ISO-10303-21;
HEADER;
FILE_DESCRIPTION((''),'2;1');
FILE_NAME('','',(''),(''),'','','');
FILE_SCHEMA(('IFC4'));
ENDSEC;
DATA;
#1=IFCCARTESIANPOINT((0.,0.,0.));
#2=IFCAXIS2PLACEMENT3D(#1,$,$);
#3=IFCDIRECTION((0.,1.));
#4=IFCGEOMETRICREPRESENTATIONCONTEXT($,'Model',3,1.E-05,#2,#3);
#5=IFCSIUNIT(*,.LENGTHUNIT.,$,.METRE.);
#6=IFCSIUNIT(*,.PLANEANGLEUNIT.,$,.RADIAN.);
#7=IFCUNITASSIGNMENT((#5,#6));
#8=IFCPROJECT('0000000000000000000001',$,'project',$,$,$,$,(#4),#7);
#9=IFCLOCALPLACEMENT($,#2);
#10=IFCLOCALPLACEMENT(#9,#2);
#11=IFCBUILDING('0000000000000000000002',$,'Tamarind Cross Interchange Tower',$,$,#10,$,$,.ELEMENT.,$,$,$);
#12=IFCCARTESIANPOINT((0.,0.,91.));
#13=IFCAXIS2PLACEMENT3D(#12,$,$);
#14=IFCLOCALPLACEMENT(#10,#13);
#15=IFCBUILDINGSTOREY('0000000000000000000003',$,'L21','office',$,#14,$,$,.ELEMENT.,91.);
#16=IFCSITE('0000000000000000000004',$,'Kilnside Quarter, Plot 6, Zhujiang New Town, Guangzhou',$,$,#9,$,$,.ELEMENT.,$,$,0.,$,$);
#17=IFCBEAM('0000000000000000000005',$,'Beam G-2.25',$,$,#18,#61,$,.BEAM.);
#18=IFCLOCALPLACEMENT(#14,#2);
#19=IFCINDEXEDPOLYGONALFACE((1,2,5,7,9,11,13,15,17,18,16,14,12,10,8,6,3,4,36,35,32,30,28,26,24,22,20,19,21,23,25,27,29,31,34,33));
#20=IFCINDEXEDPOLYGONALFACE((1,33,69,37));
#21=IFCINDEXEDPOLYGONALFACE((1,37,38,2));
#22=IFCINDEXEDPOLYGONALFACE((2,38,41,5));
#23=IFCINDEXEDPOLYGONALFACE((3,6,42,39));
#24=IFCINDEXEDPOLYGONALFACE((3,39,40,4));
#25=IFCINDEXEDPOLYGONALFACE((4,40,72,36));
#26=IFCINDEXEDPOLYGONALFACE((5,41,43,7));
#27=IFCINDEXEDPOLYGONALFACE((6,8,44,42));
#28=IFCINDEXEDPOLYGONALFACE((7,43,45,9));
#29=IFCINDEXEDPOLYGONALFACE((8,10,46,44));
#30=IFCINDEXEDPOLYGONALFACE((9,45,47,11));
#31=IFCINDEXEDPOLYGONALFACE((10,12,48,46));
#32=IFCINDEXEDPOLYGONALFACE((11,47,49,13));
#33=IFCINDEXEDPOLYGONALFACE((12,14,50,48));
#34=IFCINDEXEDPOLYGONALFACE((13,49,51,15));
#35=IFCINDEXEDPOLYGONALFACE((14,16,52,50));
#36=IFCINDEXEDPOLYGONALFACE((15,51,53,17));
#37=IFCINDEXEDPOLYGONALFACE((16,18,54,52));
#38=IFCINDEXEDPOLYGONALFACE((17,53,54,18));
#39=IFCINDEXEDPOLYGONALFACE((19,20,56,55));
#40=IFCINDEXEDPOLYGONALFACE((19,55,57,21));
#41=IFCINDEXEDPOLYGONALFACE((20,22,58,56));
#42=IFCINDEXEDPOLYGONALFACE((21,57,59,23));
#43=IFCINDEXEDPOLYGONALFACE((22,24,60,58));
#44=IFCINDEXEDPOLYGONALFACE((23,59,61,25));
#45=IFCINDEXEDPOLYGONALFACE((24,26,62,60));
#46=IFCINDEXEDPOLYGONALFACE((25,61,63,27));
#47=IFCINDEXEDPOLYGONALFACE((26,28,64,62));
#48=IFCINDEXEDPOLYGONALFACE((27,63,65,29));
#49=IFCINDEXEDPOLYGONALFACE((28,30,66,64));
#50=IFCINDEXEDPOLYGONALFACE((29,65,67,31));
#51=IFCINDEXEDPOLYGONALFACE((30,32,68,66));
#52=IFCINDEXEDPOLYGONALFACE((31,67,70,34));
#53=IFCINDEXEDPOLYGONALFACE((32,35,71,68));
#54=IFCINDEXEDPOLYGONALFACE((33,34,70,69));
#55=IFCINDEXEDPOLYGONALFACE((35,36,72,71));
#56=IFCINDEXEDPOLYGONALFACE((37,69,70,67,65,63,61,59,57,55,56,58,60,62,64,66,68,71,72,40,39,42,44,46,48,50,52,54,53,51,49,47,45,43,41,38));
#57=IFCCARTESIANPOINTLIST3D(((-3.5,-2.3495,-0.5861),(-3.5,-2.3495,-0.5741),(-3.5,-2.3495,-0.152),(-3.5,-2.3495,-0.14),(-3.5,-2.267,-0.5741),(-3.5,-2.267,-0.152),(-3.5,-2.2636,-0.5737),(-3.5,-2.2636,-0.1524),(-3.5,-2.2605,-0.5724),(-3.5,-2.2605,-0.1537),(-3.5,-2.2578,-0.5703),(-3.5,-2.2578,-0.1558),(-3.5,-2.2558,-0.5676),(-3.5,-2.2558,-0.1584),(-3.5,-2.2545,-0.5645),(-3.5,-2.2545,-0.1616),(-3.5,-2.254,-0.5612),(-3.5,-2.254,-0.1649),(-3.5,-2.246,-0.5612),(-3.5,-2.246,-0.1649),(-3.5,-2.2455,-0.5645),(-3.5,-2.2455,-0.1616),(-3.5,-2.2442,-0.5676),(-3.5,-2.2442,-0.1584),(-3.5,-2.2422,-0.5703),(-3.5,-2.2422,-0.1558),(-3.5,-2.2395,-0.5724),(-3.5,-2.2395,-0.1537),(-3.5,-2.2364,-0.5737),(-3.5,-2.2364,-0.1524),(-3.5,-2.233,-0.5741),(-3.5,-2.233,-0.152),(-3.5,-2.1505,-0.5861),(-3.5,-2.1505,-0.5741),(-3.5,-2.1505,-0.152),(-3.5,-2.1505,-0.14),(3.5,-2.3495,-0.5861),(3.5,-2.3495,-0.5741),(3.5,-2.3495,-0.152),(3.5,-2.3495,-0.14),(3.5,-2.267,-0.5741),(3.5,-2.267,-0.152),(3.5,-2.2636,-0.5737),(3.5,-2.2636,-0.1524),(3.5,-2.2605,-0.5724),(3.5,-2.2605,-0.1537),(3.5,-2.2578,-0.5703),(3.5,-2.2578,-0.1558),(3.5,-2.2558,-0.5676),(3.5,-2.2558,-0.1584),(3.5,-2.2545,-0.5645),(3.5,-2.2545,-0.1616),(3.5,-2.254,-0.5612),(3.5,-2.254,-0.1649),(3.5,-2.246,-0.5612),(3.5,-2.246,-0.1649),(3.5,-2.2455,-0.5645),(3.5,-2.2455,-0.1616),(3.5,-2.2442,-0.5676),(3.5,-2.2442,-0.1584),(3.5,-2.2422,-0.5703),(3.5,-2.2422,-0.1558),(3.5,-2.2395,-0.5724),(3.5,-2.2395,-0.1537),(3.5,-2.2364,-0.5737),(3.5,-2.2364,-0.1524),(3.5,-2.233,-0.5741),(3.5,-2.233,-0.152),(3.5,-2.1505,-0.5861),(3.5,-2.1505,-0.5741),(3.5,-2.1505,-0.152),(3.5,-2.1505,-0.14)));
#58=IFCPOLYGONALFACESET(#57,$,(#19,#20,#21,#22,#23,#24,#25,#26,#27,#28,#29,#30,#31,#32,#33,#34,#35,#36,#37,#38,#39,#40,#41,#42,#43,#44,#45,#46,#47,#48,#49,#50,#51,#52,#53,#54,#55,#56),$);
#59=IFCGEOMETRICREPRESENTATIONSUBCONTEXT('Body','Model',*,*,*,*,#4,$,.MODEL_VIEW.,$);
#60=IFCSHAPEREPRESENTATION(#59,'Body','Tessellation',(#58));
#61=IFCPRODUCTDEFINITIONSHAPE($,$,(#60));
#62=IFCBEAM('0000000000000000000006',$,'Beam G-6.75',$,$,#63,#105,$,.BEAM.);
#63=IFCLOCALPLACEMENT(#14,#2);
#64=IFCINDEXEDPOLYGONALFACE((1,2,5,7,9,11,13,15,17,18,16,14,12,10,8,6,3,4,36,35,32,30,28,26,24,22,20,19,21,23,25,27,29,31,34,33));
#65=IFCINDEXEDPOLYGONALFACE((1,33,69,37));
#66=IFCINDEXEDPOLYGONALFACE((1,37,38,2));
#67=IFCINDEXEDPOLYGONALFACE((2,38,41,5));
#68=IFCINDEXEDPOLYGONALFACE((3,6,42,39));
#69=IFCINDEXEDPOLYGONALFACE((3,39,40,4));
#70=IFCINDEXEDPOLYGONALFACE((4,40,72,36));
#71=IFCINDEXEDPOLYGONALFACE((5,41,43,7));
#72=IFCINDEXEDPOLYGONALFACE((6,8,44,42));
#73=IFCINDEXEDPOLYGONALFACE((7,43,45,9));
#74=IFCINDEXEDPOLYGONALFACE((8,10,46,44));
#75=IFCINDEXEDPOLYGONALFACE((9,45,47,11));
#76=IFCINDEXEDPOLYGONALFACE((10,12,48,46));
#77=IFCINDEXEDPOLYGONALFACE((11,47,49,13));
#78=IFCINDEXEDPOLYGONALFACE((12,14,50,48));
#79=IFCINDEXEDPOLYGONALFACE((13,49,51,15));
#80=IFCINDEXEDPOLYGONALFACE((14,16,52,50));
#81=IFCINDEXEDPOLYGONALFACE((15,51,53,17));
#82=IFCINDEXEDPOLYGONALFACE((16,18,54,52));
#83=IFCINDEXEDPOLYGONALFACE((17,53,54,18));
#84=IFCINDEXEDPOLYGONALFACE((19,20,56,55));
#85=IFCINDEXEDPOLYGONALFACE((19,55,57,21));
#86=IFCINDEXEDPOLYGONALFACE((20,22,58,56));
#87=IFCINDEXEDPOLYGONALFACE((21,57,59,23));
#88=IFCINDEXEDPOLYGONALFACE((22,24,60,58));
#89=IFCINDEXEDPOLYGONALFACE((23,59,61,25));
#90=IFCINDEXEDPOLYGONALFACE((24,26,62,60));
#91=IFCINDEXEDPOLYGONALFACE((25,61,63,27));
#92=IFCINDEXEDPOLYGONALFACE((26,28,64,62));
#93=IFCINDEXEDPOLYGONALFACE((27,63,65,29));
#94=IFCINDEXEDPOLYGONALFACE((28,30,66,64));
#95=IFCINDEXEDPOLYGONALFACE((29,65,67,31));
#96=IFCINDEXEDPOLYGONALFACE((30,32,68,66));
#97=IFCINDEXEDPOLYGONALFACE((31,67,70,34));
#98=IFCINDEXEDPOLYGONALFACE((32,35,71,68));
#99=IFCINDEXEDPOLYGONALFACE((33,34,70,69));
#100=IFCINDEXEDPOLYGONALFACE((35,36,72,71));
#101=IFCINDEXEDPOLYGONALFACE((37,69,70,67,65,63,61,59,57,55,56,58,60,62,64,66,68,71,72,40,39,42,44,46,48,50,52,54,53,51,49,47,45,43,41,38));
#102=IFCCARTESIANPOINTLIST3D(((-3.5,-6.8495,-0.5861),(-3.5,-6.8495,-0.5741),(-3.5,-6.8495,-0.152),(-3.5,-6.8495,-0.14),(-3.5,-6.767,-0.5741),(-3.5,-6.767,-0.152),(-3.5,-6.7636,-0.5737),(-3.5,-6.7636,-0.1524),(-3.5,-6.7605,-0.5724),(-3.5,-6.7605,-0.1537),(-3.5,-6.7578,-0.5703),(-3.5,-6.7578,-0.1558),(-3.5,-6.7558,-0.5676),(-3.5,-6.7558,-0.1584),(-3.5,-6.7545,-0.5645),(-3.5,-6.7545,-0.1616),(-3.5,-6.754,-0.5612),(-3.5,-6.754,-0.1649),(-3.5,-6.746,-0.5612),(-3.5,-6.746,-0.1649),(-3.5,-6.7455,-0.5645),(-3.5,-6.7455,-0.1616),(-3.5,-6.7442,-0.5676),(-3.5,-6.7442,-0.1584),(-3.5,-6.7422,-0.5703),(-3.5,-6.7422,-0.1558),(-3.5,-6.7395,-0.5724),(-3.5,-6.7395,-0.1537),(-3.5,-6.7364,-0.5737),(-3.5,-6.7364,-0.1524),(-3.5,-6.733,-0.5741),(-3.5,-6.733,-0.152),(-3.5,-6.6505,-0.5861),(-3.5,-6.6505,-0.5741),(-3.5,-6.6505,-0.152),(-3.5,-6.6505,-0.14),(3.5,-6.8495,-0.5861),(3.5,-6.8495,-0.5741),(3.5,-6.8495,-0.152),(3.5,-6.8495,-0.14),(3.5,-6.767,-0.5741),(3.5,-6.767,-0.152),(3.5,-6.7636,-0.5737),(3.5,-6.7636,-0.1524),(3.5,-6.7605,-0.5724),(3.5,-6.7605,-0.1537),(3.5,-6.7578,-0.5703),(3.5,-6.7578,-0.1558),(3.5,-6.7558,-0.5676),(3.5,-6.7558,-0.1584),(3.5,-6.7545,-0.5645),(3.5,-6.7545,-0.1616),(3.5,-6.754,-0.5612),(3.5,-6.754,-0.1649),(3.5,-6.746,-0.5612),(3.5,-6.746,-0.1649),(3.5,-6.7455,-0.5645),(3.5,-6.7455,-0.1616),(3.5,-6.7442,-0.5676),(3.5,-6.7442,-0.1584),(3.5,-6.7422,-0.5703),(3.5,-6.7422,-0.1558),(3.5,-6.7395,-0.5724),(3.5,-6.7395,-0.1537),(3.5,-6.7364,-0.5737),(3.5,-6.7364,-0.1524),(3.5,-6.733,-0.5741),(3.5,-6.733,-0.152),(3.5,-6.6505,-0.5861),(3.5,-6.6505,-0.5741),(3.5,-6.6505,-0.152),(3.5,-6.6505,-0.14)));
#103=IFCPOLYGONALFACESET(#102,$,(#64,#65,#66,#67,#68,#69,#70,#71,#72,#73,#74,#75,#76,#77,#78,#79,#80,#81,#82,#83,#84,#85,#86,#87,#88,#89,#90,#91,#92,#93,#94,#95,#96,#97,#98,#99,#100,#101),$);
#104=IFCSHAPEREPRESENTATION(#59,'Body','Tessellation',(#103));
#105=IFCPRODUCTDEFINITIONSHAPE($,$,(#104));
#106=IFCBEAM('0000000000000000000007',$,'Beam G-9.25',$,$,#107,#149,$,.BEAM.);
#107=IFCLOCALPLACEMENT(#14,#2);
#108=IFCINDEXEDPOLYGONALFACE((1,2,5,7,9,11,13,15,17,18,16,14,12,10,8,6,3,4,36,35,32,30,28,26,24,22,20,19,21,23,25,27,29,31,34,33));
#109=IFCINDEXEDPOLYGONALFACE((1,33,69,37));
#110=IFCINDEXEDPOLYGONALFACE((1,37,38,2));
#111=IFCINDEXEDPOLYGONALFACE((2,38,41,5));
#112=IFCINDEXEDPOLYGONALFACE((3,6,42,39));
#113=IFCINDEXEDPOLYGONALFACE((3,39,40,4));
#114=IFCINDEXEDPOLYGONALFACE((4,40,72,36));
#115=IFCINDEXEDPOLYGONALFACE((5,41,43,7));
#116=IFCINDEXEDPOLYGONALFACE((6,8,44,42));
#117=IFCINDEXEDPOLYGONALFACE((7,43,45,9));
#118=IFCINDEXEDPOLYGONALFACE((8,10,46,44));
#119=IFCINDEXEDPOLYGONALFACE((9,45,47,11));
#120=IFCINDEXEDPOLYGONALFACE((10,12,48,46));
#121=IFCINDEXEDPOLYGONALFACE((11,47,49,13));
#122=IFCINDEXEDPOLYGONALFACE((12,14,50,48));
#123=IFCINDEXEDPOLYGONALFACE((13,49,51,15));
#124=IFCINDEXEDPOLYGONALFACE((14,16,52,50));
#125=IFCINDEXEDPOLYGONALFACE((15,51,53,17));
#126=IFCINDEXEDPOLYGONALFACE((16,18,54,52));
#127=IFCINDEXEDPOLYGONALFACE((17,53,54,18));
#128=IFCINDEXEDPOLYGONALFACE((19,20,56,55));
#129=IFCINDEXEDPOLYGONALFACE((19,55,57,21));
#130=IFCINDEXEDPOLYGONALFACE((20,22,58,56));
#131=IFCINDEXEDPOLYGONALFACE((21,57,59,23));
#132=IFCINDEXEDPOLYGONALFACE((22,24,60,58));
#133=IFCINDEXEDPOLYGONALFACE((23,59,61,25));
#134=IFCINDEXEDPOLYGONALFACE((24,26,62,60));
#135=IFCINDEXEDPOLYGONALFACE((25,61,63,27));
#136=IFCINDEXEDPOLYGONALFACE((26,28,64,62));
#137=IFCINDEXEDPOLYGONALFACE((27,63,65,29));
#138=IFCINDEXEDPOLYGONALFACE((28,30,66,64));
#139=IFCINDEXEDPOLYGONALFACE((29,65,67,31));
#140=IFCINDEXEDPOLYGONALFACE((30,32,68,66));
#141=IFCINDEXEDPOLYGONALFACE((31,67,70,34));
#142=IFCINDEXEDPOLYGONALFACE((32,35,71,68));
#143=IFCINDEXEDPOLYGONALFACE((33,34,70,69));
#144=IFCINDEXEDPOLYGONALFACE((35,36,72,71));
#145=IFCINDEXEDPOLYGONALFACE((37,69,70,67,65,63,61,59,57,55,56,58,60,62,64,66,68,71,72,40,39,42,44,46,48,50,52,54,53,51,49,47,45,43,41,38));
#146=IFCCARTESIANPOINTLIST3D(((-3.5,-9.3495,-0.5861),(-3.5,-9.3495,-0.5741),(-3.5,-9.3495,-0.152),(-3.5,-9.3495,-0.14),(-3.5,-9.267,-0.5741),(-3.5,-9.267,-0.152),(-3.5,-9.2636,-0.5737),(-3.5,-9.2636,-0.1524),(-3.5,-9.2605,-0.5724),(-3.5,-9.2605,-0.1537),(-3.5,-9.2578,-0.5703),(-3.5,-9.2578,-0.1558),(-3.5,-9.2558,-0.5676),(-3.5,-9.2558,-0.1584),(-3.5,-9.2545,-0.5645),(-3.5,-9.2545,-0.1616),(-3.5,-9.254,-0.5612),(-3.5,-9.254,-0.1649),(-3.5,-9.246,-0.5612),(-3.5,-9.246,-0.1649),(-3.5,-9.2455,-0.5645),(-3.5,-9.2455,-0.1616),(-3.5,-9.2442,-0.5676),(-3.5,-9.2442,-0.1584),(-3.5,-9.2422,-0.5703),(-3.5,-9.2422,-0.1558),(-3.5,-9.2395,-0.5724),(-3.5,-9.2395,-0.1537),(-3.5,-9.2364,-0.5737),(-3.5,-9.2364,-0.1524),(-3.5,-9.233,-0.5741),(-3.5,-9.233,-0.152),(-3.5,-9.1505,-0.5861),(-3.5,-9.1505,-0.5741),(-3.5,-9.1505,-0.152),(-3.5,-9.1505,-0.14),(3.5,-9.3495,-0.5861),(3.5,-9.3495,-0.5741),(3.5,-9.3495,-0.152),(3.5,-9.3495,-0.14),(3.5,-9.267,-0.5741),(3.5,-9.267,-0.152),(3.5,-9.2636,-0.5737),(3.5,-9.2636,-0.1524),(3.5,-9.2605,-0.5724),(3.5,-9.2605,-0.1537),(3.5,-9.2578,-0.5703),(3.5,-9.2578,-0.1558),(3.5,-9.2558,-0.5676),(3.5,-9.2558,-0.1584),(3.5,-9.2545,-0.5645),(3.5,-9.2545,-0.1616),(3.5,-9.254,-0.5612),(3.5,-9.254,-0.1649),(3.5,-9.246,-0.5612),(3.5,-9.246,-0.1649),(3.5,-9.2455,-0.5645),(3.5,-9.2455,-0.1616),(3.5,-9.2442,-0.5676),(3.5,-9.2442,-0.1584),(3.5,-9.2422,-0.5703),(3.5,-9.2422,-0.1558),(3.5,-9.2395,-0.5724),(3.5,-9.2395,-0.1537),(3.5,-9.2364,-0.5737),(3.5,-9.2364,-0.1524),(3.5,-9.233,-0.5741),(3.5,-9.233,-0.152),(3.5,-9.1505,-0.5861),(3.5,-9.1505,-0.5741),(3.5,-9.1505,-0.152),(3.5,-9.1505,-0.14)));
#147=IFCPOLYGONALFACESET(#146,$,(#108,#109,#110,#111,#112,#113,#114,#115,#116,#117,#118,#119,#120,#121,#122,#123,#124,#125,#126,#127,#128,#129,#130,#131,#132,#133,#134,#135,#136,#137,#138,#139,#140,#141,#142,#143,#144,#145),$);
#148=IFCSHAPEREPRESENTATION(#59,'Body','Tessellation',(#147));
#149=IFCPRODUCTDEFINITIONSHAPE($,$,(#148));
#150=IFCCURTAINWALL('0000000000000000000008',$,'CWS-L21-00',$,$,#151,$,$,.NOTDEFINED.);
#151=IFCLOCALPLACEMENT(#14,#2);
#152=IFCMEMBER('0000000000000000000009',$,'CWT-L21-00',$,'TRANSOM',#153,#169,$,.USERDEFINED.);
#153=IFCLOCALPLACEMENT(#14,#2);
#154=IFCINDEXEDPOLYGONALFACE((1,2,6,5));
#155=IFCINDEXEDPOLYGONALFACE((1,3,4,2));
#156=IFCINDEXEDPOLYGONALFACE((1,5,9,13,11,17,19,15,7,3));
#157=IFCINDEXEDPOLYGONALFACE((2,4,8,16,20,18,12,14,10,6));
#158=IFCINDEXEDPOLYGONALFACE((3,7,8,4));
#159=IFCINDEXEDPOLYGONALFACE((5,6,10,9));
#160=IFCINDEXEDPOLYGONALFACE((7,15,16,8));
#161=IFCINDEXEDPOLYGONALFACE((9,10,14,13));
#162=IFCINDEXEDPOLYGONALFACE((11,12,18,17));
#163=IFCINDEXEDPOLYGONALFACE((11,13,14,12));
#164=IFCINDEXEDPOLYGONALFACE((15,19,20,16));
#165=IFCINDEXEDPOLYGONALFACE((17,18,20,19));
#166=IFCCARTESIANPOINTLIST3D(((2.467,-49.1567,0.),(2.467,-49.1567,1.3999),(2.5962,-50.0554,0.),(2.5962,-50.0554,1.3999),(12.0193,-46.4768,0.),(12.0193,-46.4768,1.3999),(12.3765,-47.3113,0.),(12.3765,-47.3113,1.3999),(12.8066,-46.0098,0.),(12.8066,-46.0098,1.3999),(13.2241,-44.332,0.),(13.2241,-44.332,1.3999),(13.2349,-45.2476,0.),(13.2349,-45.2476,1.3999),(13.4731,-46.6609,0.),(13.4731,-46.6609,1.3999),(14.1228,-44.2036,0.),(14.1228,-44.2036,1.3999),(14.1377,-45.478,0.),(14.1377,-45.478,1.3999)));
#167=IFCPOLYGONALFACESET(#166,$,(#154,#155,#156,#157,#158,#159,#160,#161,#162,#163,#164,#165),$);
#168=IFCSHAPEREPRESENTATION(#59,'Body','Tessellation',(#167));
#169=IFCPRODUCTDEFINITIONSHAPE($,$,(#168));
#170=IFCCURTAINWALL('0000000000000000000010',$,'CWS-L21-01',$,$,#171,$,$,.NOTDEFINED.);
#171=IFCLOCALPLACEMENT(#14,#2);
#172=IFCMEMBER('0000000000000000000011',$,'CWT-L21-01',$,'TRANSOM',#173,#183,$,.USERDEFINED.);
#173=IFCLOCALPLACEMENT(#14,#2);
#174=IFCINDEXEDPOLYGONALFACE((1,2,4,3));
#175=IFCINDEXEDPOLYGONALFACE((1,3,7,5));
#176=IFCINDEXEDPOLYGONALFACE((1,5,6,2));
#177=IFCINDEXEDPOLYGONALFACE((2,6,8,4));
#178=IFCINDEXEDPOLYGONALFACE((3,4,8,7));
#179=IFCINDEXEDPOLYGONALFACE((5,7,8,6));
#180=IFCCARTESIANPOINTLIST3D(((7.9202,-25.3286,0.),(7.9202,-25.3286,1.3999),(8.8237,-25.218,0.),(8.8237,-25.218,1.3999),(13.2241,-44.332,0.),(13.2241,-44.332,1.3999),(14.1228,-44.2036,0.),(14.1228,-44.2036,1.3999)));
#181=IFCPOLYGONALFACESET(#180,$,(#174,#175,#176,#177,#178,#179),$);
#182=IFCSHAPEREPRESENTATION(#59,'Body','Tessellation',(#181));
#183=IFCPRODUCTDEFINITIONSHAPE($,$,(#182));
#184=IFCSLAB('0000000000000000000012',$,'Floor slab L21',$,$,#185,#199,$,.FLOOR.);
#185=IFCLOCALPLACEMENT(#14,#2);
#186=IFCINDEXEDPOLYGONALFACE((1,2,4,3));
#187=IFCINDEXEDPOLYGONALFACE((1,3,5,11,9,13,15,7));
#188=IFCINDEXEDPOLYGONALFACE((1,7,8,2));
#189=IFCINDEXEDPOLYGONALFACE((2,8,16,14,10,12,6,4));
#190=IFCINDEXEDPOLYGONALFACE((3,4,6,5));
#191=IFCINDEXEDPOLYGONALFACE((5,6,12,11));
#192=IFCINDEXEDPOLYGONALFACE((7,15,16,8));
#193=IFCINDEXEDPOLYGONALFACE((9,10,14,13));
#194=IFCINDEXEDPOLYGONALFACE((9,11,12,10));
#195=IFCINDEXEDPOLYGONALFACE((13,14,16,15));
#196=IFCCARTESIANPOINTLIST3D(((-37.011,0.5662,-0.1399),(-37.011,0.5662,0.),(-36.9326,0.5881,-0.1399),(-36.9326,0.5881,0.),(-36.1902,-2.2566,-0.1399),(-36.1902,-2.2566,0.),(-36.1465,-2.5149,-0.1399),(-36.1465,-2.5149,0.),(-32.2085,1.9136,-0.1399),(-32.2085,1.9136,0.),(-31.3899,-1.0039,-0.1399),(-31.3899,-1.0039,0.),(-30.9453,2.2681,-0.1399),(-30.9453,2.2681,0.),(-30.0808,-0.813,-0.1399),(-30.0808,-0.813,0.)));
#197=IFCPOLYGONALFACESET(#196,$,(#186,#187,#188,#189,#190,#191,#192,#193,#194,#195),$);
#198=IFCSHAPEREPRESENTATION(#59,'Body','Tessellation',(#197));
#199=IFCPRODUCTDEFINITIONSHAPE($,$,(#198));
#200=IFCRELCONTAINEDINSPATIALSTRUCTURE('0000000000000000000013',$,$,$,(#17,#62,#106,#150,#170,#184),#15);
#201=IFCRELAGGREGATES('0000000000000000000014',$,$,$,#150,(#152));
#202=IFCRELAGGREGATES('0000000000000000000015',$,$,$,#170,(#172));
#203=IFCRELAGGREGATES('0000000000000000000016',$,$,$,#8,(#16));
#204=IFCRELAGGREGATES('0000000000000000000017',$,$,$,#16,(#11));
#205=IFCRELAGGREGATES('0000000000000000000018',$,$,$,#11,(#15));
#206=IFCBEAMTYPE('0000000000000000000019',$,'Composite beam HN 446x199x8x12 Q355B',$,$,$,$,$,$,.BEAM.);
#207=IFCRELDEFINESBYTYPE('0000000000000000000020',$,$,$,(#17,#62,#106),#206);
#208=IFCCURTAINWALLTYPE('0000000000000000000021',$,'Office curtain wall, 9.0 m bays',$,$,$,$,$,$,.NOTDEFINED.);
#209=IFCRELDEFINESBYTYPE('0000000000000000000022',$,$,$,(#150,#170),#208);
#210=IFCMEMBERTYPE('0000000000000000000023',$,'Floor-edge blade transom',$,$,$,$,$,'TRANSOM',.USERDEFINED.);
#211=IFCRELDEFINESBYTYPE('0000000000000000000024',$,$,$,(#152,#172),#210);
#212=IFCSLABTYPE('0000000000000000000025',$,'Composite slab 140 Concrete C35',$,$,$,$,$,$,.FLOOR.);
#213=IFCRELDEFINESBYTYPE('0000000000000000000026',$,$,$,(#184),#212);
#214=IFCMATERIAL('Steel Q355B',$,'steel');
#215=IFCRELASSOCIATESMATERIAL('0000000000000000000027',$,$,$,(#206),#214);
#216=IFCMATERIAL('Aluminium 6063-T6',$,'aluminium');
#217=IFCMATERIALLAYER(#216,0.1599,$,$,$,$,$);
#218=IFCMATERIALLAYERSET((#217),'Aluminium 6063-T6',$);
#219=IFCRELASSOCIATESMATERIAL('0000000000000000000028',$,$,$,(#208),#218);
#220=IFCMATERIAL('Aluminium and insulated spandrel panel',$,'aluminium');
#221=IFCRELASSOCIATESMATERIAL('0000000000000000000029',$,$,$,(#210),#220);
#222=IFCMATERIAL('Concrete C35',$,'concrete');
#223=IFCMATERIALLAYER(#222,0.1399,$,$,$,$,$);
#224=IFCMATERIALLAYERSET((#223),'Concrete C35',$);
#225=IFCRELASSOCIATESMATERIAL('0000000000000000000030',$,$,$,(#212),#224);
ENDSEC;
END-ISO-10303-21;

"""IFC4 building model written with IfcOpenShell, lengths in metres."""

from ifc_helpers import new_model, si_unit, direction, frame, origin, origin_2d, place, context, subcontext, project, spatial, polyline, i_section, outline, extrude, material, layer, layer_set, material_profile, profile_set, type_object, element, aggregate, save


model = new_model("IFC4")

# Units and contexts
model_context = context("Model", 3, precision=1e-05, world=origin(), true_north=direction((0.0, 1.0)))
body_context = subcontext(model_context, "Body", "Model", "MODEL_VIEW")
ifc_project = project(units=[si_unit("LENGTHUNIT", "METRE"), si_unit("PLANEANGLEUNIT", "RADIAN")], contexts=[model_context])

# Site, building, storey
site_placement = place(None, origin())
site = spatial("IfcSite", under=ifc_project, at=site_placement, Name="Kilnside Quarter, Plot 6, Zhujiang New Town, Guangzhou", CompositionType="ELEMENT", RefElevation=0.0)
building_placement = place(site_placement, origin())
building = spatial("IfcBuilding", under=site, at=building_placement, Name="Tamarind Cross Interchange Tower", CompositionType="ELEMENT")
storey_placement = place(building_placement, frame((0.0, 0.0, 91.0)))
storey = spatial("IfcBuildingStorey", under=building, at=storey_placement, Name="L21", Description="office", CompositionType="ELEMENT", Elevation=91.0)

# Beams
ifc_material_1 = material(Name="Steel Q355B", Category="steel")
ifc_material_profile = material_profile(ifc_material_1, i_section(OverallWidth=0.199, OverallDepth=0.446, WebThickness=0.0081, FlangeThickness=0.012, FilletRadius=0.0129, at=origin_2d()), Name="HN 446x199x8x12")
ifc_profile_set = profile_set([ifc_material_profile], Name="Steel Q355B")
beam_type = type_object("IfcBeamType", Name="Composite beam HN 446x199x8x12 Q355B", PredefinedType="BEAM", material=ifc_profile_set)
for number, where, z_axis, x_axis, name in (
    (1, (-3.5, -2.25, -0.363), (1.0, 0.0, 0.0), (0.0, 1.0, 0.0), "Beam G-2.25"),
    (2, (-3.5, -6.75, -0.363), (1.0, 0.0, 0.0), (0.0, 1.0, 0.0), "Beam G-6.75"),
    (3, (-3.5, -9.25, -0.363), (1.0, 0.0, 0.0), (0.0, 1.0, 0.0), "Beam G-9.25"),
):
    element("IfcBeam", number, at=place(storey_placement, frame(where, z_axis=z_axis, x_axis=x_axis)), inside=storey, type_object=beam_type, Name=name, PredefinedType="BEAM", context=body_context, shape_type="SweptSolid", body=[
        extrude(i_section(OverallWidth=0.199, OverallDepth=0.446, WebThickness=0.0081, FlangeThickness=0.012, FilletRadius=0.0129, at=origin_2d()), origin(), (0.0, 0.0, 1.0), 7.0),
    ])

# Curtain walls, members
ifc_material_2 = material(Name="Aluminium 6063-T6", Category="aluminium")
ifc_layer_1 = layer(ifc_material_2, 0.1599)
ifc_layer_set_1 = layer_set([ifc_layer_1], Name="Aluminium 6063-T6")
curtain_wall_type = type_object("IfcCurtainWallType", Name="Office curtain wall, 9.0 m bays", PredefinedType="NOTDEFINED", material=ifc_layer_set_1)
curtain_wall_1_placement = place(storey_placement, origin())
curtain_wall_1 = element("IfcCurtainWall", 4, at=curtain_wall_1_placement, inside=storey, type_object=curtain_wall_type, Name="CWS-L21-00", PredefinedType="NOTDEFINED")
ifc_material_3 = material(Name="Aluminium and insulated spandrel panel", Category="aluminium")
member_type = type_object("IfcMemberType", Name="Floor-edge blade transom", ElementType="TRANSOM", PredefinedType="USERDEFINED", material=ifc_material_3)
member_1_placement = place(storey_placement, origin())
member_1 = element("IfcMember", 5, at=member_1_placement, type_object=member_type, Name="CWT-L21-00", ObjectType="TRANSOM", PredefinedType="USERDEFINED", context=body_context, shape_type="SweptSolid", body=[
    extrude(outline(polyline([(2.467, -49.1567), (12.0193, -46.4768), (12.8066, -46.0098), (13.2349, -45.2476), (13.2241, -44.332), (14.1228, -44.2036), (14.1377, -45.478), (13.4731, -46.6609), (12.3765, -47.3113), (2.5962, -50.0554), (2.467, -49.1567)])), origin(), (0.0, 0.0, 1.0), 1.3999),
])
curtain_wall_2_placement = place(storey_placement, origin())
curtain_wall_2 = element("IfcCurtainWall", 6, at=curtain_wall_2_placement, inside=storey, type_object=curtain_wall_type, Name="CWS-L21-01", PredefinedType="NOTDEFINED")
member_2_placement = place(storey_placement, origin())
member_2 = element("IfcMember", 7, at=member_2_placement, type_object=member_type, Name="CWT-L21-01", ObjectType="TRANSOM", PredefinedType="USERDEFINED", context=body_context, shape_type="SweptSolid", body=[
    extrude(outline(polyline([(13.2241, -44.332), (7.9202, -25.3286), (8.8237, -25.218), (14.1228, -44.2036), (13.2241, -44.332)])), origin(), (0.0, 0.0, 1.0), 1.3999),
])

# Slab
ifc_material_4 = material(Name="Concrete C35", Category="concrete")
ifc_layer_2 = layer(ifc_material_4, 0.1399)
ifc_layer_set_2 = layer_set([ifc_layer_2], Name="Concrete C35")
slab_type = type_object("IfcSlabType", Name="Composite slab 140 Concrete C35", PredefinedType="FLOOR", material=ifc_layer_set_2)
slab_1_placement = place(storey_placement, frame((0.0, 0.0, -0.1399)))
element("IfcSlab", 8, at=slab_1_placement, inside=storey, type_object=slab_type, Name="Floor slab L21", PredefinedType="FLOOR", context=body_context, shape_type="SweptSolid", body=[
    extrude(outline(polyline([(-30.0808, -0.813), (-30.9453, 2.2681), (-32.2085, 1.9136), (-31.3899, -1.0039), (-36.1902, -2.2566), (-36.9326, 0.5881), (-37.011, 0.5662), (-36.1465, -2.5149), (-30.0808, -0.813)])), origin(), (0.0, 0.0, 1.0), 0.1399),
])

aggregate(curtain_wall_1, [member_1])
aggregate(curtain_wall_2, [member_2])

save(model, "model.ifc")
